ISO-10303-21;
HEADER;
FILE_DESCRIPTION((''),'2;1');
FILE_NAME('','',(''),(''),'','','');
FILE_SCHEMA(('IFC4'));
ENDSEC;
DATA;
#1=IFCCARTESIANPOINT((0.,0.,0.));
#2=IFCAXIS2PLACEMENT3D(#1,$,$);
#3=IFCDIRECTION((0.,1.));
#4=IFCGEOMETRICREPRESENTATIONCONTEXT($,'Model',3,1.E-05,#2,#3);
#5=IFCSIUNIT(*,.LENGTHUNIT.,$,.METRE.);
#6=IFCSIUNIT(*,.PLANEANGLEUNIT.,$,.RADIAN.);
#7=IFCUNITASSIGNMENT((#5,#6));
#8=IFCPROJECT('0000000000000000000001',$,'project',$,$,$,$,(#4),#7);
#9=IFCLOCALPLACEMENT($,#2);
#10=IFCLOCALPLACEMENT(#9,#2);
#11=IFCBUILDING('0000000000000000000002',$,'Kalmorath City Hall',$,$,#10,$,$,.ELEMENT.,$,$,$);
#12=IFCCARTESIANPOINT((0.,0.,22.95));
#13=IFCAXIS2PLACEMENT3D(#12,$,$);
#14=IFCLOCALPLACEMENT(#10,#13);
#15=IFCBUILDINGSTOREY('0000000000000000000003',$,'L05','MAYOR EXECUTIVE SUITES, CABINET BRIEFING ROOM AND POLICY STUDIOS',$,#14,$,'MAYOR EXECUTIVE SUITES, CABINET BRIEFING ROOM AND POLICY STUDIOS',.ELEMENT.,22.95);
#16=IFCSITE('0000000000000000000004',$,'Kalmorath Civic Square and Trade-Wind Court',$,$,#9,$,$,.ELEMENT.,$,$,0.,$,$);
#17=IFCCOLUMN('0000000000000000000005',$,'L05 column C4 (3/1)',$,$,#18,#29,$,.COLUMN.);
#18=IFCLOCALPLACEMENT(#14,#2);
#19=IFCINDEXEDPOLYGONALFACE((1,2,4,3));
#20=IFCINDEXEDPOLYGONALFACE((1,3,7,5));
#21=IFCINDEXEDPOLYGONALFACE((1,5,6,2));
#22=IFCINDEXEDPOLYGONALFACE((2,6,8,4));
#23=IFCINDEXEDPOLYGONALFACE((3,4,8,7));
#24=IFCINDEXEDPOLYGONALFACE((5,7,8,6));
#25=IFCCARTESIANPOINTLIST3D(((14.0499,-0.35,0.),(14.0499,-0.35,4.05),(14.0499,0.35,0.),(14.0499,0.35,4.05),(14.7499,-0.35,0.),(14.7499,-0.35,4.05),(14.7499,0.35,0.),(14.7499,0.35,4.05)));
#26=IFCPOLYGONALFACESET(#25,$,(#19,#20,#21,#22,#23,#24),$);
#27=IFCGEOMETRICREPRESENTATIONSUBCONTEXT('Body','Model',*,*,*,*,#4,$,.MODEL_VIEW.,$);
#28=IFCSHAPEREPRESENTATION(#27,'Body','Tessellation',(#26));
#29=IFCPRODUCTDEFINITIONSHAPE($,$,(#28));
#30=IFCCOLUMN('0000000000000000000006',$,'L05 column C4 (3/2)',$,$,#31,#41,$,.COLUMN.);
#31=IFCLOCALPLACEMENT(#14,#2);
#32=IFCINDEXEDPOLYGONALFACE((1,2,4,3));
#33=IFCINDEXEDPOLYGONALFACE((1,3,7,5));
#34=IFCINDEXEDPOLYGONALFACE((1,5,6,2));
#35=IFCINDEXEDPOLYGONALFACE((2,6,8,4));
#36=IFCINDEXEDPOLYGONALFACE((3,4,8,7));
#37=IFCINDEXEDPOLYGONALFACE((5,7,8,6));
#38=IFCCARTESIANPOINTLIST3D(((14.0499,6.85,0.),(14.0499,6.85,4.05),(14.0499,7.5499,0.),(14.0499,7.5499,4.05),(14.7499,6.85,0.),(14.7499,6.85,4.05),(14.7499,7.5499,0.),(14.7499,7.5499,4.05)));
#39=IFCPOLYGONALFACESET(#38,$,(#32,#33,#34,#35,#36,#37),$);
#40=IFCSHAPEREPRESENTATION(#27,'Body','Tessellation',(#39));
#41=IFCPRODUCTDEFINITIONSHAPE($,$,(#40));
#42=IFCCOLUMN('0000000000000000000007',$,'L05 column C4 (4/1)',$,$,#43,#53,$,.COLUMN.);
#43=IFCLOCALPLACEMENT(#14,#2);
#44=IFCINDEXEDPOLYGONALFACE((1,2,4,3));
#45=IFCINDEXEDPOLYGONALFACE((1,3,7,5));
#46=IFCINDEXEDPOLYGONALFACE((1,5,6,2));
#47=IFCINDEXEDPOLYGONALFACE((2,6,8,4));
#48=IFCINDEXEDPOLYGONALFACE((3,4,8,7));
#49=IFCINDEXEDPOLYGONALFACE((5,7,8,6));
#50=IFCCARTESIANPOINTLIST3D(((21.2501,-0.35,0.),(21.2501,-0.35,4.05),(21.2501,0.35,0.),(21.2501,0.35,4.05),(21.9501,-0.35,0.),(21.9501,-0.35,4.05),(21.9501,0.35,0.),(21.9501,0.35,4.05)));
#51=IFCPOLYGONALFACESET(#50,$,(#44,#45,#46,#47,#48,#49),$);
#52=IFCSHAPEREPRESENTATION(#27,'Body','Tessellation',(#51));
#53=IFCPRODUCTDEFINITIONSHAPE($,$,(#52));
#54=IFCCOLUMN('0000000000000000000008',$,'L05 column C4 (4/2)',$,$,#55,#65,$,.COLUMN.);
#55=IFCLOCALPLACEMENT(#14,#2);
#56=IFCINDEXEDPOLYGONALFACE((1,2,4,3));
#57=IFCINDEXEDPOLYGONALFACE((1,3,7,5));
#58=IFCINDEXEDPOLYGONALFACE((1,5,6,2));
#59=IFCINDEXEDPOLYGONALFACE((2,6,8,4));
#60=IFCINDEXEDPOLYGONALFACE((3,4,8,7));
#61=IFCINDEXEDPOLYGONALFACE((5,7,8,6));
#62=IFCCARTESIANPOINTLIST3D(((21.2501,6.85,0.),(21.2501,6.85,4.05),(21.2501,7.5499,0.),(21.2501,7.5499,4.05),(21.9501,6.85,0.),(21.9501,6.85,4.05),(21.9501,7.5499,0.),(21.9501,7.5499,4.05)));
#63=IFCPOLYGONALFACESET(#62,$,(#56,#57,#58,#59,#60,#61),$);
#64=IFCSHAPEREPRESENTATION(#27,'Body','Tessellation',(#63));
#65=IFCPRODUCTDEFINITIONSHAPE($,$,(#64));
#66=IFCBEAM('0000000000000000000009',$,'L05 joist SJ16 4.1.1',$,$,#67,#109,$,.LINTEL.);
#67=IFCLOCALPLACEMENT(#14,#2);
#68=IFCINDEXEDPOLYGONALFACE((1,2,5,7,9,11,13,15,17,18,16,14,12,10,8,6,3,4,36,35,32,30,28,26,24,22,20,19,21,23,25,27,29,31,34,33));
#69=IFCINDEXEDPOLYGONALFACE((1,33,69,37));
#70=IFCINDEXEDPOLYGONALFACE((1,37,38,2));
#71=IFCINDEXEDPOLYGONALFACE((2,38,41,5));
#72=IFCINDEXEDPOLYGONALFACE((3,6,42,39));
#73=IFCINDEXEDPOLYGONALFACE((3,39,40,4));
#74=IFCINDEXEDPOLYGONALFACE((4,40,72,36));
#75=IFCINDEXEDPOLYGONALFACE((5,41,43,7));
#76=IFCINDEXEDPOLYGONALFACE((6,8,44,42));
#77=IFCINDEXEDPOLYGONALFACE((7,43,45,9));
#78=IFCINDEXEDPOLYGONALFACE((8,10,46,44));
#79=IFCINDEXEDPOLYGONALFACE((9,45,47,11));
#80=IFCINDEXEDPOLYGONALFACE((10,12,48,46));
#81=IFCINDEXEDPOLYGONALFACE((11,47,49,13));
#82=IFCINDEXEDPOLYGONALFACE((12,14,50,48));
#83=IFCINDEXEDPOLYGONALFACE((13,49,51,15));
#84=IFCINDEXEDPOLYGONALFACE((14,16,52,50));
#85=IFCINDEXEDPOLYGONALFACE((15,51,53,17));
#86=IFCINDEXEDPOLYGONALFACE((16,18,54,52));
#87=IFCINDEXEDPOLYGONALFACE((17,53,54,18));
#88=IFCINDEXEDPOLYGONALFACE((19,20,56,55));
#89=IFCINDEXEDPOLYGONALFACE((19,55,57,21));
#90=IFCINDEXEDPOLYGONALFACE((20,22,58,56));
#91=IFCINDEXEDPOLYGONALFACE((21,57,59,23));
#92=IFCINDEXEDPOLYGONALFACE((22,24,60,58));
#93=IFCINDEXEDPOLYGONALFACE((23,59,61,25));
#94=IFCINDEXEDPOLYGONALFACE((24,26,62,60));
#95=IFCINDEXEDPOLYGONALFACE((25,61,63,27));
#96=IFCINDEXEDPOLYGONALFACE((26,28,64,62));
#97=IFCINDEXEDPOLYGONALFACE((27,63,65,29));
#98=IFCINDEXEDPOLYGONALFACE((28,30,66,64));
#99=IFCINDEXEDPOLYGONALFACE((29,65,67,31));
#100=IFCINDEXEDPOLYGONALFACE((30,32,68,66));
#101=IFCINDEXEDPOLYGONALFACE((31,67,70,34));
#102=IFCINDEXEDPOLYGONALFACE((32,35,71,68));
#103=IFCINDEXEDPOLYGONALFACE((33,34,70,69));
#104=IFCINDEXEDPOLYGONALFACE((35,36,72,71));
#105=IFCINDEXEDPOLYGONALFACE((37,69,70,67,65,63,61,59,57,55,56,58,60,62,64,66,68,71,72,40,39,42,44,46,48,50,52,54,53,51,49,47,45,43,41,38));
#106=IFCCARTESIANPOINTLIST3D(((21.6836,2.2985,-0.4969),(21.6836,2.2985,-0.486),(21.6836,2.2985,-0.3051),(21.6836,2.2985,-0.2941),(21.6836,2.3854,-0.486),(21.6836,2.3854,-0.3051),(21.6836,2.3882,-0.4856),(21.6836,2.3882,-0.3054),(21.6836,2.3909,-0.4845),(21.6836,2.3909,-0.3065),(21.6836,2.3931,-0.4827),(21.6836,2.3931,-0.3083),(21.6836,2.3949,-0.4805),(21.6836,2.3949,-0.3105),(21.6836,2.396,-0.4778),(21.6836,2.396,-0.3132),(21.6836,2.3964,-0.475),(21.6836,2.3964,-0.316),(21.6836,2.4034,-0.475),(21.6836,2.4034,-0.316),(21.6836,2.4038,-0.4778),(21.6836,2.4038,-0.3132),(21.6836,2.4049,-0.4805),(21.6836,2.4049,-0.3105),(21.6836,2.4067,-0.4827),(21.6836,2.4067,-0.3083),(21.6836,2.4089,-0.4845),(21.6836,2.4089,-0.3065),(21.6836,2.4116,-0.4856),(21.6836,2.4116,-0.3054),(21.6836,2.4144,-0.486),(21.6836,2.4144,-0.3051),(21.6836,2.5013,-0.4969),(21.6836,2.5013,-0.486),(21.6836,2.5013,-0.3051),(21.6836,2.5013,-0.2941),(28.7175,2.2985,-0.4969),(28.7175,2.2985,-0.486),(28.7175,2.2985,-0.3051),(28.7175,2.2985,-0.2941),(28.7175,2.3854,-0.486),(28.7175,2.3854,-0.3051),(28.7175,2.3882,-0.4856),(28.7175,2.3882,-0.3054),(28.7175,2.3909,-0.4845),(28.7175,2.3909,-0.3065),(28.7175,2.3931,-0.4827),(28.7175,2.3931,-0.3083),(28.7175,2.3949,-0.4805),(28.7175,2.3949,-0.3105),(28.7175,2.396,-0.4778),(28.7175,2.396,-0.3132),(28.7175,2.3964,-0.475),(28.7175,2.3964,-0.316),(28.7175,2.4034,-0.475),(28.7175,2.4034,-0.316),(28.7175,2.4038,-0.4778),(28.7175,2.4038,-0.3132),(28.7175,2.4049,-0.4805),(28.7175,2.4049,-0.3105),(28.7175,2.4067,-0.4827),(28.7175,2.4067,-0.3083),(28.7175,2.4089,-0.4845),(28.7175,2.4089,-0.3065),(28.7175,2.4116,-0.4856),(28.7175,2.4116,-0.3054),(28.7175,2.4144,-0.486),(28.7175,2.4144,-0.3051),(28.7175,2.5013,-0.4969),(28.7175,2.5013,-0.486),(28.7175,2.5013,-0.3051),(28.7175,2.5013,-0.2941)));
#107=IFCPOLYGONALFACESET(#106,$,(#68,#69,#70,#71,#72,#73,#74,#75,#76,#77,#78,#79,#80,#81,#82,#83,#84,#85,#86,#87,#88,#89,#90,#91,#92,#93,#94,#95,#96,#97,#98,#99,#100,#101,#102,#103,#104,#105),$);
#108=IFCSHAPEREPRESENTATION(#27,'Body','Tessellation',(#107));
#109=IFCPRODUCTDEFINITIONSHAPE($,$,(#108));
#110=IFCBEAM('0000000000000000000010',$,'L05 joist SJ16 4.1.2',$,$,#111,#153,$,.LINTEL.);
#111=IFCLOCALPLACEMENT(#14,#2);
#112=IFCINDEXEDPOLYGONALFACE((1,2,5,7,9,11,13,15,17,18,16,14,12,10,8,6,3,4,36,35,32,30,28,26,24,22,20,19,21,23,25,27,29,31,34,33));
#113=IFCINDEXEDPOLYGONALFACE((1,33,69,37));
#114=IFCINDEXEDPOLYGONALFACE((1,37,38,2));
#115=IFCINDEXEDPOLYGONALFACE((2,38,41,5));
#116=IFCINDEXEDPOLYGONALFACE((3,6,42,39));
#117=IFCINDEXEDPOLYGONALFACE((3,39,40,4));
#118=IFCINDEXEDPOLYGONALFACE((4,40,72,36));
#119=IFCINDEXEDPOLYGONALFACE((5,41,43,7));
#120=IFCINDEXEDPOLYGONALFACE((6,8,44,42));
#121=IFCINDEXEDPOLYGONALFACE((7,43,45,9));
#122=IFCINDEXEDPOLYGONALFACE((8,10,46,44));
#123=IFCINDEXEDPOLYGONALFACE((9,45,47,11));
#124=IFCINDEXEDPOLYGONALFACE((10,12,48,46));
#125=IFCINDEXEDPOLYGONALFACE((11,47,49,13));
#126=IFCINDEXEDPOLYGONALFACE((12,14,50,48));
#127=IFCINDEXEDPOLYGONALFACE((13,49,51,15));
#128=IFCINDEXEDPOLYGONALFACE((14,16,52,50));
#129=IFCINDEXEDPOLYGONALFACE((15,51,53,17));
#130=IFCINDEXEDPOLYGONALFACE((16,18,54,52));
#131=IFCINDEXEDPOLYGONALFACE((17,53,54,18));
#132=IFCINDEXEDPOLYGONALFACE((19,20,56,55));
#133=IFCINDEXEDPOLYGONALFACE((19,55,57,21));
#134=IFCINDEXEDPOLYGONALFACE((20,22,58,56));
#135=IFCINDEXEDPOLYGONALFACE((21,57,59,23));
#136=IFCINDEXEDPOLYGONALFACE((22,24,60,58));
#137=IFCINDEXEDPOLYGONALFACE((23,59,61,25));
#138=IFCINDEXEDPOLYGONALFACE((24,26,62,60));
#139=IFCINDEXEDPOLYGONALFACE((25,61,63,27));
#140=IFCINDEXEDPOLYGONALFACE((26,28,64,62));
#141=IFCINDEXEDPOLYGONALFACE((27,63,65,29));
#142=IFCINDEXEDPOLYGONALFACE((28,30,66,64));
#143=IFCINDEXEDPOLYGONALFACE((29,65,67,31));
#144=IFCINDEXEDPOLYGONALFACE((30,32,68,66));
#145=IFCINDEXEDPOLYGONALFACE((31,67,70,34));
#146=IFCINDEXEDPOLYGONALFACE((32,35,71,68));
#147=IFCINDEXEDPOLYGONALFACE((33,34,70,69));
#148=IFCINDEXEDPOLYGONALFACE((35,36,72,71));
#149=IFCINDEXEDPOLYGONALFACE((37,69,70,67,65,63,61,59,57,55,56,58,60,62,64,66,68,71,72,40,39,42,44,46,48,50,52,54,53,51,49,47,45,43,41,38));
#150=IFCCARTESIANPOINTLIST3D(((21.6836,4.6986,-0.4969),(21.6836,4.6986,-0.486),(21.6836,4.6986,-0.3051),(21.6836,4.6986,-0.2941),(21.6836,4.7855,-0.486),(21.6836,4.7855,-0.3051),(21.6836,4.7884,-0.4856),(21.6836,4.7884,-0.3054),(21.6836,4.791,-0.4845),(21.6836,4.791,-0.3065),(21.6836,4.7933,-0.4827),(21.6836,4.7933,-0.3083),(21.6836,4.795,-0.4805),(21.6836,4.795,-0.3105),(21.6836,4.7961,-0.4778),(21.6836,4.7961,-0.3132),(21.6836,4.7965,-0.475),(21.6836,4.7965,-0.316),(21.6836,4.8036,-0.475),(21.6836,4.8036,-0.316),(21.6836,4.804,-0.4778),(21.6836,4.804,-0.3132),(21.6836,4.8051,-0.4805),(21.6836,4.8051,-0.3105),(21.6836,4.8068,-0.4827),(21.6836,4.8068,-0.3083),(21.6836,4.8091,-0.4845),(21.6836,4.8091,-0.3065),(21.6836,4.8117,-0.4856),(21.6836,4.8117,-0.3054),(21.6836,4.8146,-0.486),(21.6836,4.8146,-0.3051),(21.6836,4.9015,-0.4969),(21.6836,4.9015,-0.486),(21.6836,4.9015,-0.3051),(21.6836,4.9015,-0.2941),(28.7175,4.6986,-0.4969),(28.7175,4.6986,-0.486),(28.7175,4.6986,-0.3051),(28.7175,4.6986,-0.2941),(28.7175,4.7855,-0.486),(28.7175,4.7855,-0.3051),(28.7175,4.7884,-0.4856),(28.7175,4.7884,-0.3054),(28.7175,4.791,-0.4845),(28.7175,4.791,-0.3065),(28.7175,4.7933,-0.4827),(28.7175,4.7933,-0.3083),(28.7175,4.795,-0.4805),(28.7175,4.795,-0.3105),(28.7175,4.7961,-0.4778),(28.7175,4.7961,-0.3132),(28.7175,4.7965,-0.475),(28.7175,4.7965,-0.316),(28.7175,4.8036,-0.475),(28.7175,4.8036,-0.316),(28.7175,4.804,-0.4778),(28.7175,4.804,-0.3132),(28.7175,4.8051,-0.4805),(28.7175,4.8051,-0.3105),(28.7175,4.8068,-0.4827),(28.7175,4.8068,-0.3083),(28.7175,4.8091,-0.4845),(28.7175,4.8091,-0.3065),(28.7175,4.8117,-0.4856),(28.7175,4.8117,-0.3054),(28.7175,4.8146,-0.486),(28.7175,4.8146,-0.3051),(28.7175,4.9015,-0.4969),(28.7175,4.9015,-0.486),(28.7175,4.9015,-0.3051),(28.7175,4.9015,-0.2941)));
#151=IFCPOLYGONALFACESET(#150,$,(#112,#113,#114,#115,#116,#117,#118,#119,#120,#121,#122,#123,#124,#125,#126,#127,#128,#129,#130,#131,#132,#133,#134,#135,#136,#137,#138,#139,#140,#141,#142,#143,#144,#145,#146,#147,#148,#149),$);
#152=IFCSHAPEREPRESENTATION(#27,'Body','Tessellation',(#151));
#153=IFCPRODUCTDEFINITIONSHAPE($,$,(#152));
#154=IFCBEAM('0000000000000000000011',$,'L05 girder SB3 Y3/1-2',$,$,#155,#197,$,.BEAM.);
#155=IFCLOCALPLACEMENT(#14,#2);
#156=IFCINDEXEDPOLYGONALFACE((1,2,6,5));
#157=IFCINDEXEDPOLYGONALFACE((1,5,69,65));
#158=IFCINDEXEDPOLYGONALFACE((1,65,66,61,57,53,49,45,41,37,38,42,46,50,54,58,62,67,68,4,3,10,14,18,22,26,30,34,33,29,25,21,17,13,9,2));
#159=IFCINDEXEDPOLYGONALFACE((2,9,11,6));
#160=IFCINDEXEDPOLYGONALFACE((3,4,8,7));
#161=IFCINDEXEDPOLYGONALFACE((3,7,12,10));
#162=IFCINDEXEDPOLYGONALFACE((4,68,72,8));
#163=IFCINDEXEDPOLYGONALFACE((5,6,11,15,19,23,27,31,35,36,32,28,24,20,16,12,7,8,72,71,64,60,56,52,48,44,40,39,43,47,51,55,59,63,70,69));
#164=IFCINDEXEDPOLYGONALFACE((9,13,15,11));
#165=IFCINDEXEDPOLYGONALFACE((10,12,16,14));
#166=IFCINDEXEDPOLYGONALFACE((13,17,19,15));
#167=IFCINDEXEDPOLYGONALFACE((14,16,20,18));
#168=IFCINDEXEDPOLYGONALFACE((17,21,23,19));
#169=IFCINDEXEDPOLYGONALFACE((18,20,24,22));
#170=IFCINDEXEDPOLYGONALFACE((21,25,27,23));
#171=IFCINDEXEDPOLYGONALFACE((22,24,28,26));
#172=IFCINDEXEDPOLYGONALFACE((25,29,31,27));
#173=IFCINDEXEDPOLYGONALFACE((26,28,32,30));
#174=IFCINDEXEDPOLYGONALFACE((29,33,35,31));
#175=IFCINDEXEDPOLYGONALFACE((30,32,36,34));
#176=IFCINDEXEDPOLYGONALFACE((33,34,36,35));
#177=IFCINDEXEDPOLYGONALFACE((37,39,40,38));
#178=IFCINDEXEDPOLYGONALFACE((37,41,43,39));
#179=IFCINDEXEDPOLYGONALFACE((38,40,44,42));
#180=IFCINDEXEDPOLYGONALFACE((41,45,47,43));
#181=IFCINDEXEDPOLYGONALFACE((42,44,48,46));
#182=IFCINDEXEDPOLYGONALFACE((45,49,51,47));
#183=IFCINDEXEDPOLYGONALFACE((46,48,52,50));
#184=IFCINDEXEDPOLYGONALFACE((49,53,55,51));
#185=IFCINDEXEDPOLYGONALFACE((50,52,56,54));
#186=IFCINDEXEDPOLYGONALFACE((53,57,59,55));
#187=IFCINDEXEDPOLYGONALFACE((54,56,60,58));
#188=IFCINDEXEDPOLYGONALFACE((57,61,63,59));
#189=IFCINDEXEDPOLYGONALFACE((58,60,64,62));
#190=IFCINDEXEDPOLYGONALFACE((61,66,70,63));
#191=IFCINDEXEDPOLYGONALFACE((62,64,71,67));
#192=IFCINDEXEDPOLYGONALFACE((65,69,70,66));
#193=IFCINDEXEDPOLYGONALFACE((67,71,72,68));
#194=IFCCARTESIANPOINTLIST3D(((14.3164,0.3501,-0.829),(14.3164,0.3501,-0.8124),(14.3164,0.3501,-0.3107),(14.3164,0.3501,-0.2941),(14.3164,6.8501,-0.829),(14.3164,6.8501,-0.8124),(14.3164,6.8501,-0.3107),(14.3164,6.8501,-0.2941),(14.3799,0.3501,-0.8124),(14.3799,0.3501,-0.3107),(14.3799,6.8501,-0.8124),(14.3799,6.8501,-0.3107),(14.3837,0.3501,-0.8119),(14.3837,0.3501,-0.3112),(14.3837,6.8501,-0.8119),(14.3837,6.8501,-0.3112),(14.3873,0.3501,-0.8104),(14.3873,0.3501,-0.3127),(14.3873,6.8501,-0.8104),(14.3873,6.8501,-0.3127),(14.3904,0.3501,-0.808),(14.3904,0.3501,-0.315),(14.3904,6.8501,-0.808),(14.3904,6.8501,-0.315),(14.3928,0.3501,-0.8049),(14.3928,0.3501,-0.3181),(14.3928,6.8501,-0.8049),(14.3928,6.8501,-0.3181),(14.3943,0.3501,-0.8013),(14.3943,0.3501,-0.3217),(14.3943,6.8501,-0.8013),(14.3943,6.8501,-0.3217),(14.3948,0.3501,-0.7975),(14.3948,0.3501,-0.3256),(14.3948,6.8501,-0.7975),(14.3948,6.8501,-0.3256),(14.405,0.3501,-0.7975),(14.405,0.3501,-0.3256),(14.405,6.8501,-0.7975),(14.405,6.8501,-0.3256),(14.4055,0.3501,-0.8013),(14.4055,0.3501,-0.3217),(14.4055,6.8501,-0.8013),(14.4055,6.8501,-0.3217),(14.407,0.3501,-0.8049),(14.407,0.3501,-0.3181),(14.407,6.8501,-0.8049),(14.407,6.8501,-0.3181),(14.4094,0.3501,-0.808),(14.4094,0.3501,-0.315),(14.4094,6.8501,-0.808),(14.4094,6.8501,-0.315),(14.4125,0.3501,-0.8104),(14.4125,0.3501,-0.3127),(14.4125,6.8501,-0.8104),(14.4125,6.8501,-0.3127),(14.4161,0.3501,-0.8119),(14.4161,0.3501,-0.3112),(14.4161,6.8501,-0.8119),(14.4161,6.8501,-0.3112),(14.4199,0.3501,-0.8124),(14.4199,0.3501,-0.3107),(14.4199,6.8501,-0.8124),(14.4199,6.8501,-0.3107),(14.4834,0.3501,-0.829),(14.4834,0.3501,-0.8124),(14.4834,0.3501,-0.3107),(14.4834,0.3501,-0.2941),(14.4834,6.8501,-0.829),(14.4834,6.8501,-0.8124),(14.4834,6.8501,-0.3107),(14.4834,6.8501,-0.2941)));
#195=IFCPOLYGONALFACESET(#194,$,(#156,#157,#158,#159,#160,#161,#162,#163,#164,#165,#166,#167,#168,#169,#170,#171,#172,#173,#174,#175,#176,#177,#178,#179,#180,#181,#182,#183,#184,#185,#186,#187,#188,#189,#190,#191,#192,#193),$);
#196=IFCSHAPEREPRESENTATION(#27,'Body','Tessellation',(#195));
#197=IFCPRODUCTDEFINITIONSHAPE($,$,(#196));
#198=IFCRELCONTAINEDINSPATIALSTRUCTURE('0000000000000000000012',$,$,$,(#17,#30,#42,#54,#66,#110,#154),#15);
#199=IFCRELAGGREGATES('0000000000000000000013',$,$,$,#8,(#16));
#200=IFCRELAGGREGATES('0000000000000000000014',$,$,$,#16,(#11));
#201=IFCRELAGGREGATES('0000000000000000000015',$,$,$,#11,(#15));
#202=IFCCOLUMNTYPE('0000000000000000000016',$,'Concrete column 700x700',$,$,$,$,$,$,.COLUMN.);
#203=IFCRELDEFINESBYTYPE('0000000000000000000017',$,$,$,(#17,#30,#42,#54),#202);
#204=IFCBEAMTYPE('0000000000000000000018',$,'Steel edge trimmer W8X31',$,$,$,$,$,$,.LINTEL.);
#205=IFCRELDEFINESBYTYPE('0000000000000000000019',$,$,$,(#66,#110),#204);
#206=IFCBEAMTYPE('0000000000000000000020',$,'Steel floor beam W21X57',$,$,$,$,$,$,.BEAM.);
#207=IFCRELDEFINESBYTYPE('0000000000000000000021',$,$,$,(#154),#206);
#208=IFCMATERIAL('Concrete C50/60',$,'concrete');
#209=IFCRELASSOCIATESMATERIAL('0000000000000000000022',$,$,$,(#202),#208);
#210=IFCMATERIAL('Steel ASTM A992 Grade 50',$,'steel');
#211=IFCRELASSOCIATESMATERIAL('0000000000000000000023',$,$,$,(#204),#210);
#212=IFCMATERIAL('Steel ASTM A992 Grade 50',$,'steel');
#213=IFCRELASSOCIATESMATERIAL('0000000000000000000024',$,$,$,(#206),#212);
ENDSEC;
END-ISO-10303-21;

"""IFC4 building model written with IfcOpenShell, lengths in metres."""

from ifc_helpers import new_model, si_unit, direction, frame, origin, origin_2d, place, context, subcontext, project, spatial, rectangle, i_section, extrude, material, material_profile, profile_set, type_object, element, save


model = new_model("IFC4")

# Units and contexts
model_context = context("Model", 3, precision=1e-05, world=origin(), true_north=direction((0.0, 1.0)))
body_context = subcontext(model_context, "Body", "Model", "MODEL_VIEW")
ifc_project = project(units=[si_unit("LENGTHUNIT", "METRE"), si_unit("PLANEANGLEUNIT", "RADIAN")], contexts=[model_context])

# Site, building, storey
site_placement = place(None, origin())
site = spatial("IfcSite", under=ifc_project, at=site_placement, Name="Kalmorath Civic Square and Trade-Wind Court", CompositionType="ELEMENT", RefElevation=0.0)
building_placement = place(site_placement, origin())
building = spatial("IfcBuilding", under=site, at=building_placement, Name="Kalmorath City Hall", CompositionType="ELEMENT")
storey_placement = place(building_placement, frame((0.0, 0.0, 22.95)))
storey = spatial("IfcBuildingStorey", under=building, at=storey_placement, Name="L05", Description="MAYOR EXECUTIVE SUITES, CABINET BRIEFING ROOM AND POLICY STUDIOS", LongName="MAYOR EXECUTIVE SUITES, CABINET BRIEFING ROOM AND POLICY STUDIOS", CompositionType="ELEMENT", Elevation=22.95)

# Columns
ifc_material_1 = material(Name="Concrete C50/60", Category="concrete")
ifc_material_profile_1 = material_profile(ifc_material_1, rectangle(XDim=0.7, YDim=0.7, at=origin_2d()), Name="RC-COL-700X700")
ifc_profile_set_1 = profile_set([ifc_material_profile_1], Name="Concrete C50/60")
column_type = type_object("IfcColumnType", Name="Concrete column 700x700", PredefinedType="COLUMN", material=ifc_profile_set_1)
for number, where, z_axis, x_axis, name in (
    (1, (14.3999, 0.0, 0.0), (0.0, 0.0, 1.0), (1.0, 0.0, 0.0), "L05 column C4 (3/1)"),
    (2, (14.3999, 7.2, 0.0), (0.0, 0.0, 1.0), (1.0, 0.0, 0.0), "L05 column C4 (3/2)"),
    (3, (21.6001, 0.0, 0.0), (0.0, 0.0, 1.0), (1.0, 0.0, 0.0), "L05 column C4 (4/1)"),
    (4, (21.6001, 7.2, 0.0), (0.0, 0.0, 1.0), (1.0, 0.0, 0.0), "L05 column C4 (4/2)"),
):
    element("IfcColumn", number, at=place(storey_placement, frame(where, z_axis=z_axis, x_axis=x_axis)), inside=storey, type_object=column_type, Name=name, PredefinedType="COLUMN", context=body_context, shape_type="SweptSolid", body=[
        extrude(rectangle(XDim=0.7, YDim=0.7, at=origin_2d()), origin(), (0.0, 0.0, 1.0), 4.05),
    ])

# Beams
ifc_material_2 = material(Name="Steel ASTM A992 Grade 50", Category="steel")
ifc_material_profile_2 = material_profile(ifc_material_2, i_section(OverallWidth=0.2029, OverallDepth=0.2029, WebThickness=0.0071, FlangeThickness=0.011, FilletRadius=0.011, at=origin_2d()), Name="W8X31")
ifc_profile_set_2 = profile_set([ifc_material_profile_2], Name="Steel ASTM A992 Grade 50")
beam_type_1 = type_object("IfcBeamType", Name="Steel edge trimmer W8X31", PredefinedType="LINTEL", material=ifc_profile_set_2)
for number, where, z_axis, x_axis, name in (
    (5, (21.6836, 2.3999, -0.3955), (1.0, 0.0, 0.0), (0.0, 1.0, 0.0), "L05 joist SJ16 4.1.1"),
    (6, (21.6836, 4.8, -0.3955), (1.0, 0.0, 0.0), (0.0, 1.0, 0.0), "L05 joist SJ16 4.1.2"),
):
    element("IfcBeam", number, at=place(storey_placement, frame(where, z_axis=z_axis, x_axis=x_axis)), inside=storey, type_object=beam_type_1, Name=name, PredefinedType="LINTEL", context=body_context, shape_type="SweptSolid", body=[
        extrude(i_section(OverallWidth=0.2029, OverallDepth=0.2029, WebThickness=0.0071, FlangeThickness=0.011, FilletRadius=0.011, at=origin_2d()), origin(), (0.0, 0.0, 1.0), 7.0339),
    ])
ifc_material_3 = material(Name="Steel ASTM A992 Grade 50", Category="steel")
ifc_material_profile_3 = material_profile(ifc_material_3, i_section(OverallWidth=0.167, OverallDepth=0.5349, WebThickness=0.0103, FlangeThickness=0.0166, FilletRadius=0.0149, at=origin_2d()), Name="W21X57")
ifc_profile_set_3 = profile_set([ifc_material_profile_3], Name="Steel ASTM A992 Grade 50")
beam_type_2 = type_object("IfcBeamType", Name="Steel floor beam W21X57", PredefinedType="BEAM", material=ifc_profile_set_3)
for number, where, z_axis, x_axis, name in (
    (7, (14.3999, 0.3501, -0.5615), (0.0, 1.0, 0.0), (-1.0, 0.0, 0.0), "L05 girder SB3 Y3/1-2"),
):
    element("IfcBeam", number, at=place(storey_placement, frame(where, z_axis=z_axis, x_axis=x_axis)), inside=storey, type_object=beam_type_2, Name=name, PredefinedType="BEAM", context=body_context, shape_type="SweptSolid", body=[
        extrude(i_section(OverallWidth=0.167, OverallDepth=0.5349, WebThickness=0.0103, FlangeThickness=0.0166, FilletRadius=0.0149, at=origin_2d()), origin(), (0.0, 0.0, 1.0), 6.5),
    ])

save(model, "model.ifc")
